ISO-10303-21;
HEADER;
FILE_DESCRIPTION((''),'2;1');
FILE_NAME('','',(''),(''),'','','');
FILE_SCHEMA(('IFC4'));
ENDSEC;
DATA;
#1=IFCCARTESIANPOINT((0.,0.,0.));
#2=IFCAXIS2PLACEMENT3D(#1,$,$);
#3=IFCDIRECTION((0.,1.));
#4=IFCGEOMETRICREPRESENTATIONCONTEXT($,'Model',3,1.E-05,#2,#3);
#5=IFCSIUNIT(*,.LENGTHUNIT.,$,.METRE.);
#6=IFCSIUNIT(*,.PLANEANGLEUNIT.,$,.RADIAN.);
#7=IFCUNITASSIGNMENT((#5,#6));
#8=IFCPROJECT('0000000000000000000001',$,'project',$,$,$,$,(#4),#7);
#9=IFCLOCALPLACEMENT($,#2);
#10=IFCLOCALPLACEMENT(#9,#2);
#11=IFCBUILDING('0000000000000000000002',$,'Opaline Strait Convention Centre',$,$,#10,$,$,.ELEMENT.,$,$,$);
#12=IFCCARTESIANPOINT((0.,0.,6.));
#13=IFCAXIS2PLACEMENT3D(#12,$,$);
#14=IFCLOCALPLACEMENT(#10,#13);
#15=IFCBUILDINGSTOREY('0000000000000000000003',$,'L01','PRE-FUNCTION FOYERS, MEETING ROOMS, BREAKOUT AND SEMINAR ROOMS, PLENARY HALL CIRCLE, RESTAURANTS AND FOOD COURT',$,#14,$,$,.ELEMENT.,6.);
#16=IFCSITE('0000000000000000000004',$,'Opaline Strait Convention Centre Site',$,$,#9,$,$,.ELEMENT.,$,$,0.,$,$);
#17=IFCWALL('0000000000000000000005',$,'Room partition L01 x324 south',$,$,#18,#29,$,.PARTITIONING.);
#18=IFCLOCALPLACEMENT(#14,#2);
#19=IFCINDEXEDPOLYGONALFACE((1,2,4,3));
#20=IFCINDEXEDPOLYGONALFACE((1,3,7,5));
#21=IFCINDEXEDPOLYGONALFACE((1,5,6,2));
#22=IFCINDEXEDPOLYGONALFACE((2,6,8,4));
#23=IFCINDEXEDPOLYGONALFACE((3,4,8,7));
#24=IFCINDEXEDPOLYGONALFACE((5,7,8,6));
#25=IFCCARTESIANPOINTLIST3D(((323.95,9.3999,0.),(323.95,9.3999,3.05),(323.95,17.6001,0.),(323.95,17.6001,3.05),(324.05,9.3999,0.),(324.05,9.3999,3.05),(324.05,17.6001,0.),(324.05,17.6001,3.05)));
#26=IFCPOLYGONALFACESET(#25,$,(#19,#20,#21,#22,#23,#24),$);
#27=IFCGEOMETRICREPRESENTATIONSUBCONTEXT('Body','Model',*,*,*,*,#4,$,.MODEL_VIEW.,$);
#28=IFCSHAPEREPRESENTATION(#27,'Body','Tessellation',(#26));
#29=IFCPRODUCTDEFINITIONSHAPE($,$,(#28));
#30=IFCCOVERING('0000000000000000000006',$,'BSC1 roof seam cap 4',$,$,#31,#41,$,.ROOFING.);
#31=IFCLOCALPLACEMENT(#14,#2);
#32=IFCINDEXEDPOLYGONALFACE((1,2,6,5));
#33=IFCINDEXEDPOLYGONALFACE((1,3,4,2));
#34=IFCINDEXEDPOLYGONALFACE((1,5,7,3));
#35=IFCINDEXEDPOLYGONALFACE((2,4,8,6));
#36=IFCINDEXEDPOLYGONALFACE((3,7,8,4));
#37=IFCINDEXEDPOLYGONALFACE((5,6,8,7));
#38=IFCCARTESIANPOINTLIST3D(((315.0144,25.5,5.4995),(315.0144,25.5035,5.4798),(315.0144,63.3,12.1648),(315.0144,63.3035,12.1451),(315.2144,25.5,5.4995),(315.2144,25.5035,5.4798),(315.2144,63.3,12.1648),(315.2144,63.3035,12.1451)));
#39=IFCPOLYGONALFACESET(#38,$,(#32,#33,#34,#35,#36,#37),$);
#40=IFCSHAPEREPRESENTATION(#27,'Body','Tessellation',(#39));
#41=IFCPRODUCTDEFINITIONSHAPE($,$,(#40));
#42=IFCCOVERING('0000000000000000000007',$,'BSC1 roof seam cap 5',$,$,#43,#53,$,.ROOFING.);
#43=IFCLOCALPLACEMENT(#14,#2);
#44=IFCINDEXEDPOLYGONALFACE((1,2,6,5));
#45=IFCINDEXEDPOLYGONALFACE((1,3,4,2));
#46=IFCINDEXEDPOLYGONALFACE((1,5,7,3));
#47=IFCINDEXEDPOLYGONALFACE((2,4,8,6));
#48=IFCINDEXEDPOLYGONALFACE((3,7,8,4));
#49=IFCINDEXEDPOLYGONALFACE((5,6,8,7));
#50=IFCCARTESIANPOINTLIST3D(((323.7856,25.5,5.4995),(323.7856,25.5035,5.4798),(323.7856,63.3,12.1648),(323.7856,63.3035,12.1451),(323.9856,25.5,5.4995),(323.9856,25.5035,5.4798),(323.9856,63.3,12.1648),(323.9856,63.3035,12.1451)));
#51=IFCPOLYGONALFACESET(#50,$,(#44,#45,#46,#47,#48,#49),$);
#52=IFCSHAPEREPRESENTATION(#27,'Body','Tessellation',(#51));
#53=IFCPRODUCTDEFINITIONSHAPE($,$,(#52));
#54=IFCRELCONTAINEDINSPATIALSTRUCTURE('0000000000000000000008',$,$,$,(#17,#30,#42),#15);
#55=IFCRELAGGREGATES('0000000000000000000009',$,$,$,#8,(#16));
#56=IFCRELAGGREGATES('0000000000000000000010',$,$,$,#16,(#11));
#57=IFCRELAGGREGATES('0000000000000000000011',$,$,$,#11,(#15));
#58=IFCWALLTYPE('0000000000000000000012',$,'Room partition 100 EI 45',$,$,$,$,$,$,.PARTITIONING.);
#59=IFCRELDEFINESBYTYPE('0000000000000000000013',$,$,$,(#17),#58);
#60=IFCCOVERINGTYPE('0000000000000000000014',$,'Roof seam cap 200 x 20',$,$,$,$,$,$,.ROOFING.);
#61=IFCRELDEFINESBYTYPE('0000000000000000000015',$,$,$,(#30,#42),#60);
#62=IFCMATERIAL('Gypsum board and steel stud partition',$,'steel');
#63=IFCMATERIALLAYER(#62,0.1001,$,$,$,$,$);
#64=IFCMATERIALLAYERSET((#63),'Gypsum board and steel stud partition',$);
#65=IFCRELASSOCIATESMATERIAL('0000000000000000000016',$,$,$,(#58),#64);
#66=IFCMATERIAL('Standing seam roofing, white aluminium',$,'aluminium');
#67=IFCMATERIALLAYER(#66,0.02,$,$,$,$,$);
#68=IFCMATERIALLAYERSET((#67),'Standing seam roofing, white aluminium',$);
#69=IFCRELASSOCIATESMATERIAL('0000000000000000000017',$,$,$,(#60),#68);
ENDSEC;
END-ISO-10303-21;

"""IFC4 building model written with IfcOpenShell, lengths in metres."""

from ifc_helpers import new_model, si_unit, direction, frame, frame_2d, origin, place, context, subcontext, project, spatial, polyline, rectangle, outline, extrude, material, layer, layer_set, type_object, element, save


model = new_model("IFC4")

# Units and contexts
model_context = context("Model", 3, precision=1e-05, world=origin(), true_north=direction((0.0, 1.0)))
body_context = subcontext(model_context, "Body", "Model", "MODEL_VIEW")
ifc_project = project(units=[si_unit("LENGTHUNIT", "METRE"), si_unit("PLANEANGLEUNIT", "RADIAN")], contexts=[model_context])

# Site, building, storey
site_placement = place(None, origin())
site = spatial("IfcSite", under=ifc_project, at=site_placement, Name="Opaline Strait Convention Centre Site", CompositionType="ELEMENT", RefElevation=0.0)
building_placement = place(site_placement, origin())
building = spatial("IfcBuilding", under=site, at=building_placement, Name="Opaline Strait Convention Centre", CompositionType="ELEMENT")
storey_placement = place(building_placement, frame((0.0, 0.0, 6.0)))
storey = spatial("IfcBuildingStorey", under=building, at=storey_placement, Name="L01", Description="PRE-FUNCTION FOYERS, MEETING ROOMS, BREAKOUT AND SEMINAR ROOMS, PLENARY HALL CIRCLE, RESTAURANTS AND FOOD COURT", CompositionType="ELEMENT", Elevation=6.0)

# Wall
ifc_material_1 = material(Name="Gypsum board and steel stud partition", Category="steel")
ifc_layer_1 = layer(ifc_material_1, 0.1001)
ifc_layer_set_1 = layer_set([ifc_layer_1], Name="Gypsum board and steel stud partition")
wall_type_1 = type_object("IfcWallType", Name="Room partition 100 EI 45", PredefinedType="PARTITIONING", material=ifc_layer_set_1)
wall_1_placement = place(storey_placement, frame((324.0, 9.3999, 0.0), z_axis=(0.0, 0.0, 1.0), x_axis=(0.0, 1.0, 0.0)))
element("IfcWall", 1, at=wall_1_placement, inside=storey, type_object=wall_type_1, Name="Room partition L01 x324 south", PredefinedType="PARTITIONING", context=body_context, shape_type="SweptSolid", body=[
    extrude(rectangle(XDim=8.2002, YDim=0.1001, at=frame_2d((4.1001, 0.0))), origin(), (0.0, 0.0, 1.0), 3.05),
])

# Coverings
ifc_material_2 = material(Name="Standing seam roofing, white aluminium", Category="aluminium")
ifc_layer_2 = layer(ifc_material_2, 0.02)
ifc_layer_set_2 = layer_set([ifc_layer_2], Name="Standing seam roofing, white aluminium")
covering_type = type_object("IfcCoveringType", Name="Roof seam cap 200 x 20", PredefinedType="ROOFING", material=ifc_layer_set_2)
for number, where, z_axis, x_axis, name in (
    (2, (315.0144, 25.5, 5.4995), (0.0, -0.173651, 0.984807), (1.0, 0.0, 0.0), "BSC1 roof seam cap 4"),
    (3, (323.7856, 25.5, 5.4995), (0.0, -0.173651, 0.984807), (1.0, 0.0, 0.0), "BSC1 roof seam cap 5"),
):
    element("IfcCovering", number, at=place(storey_placement, frame(where, z_axis=z_axis, x_axis=x_axis)), inside=storey, type_object=covering_type, Name=name, PredefinedType="ROOFING", context=body_context, shape_type="SweptSolid", body=[
        extrude(outline(polyline([(0.0, 0.0), (0.2, 0.0), (0.2, 38.3832), (0.0, 38.3832), (0.0, 0.0)])), origin(), (0.0, 0.0, -1.0), 0.02),
    ])

save(model, "model.ifc")
